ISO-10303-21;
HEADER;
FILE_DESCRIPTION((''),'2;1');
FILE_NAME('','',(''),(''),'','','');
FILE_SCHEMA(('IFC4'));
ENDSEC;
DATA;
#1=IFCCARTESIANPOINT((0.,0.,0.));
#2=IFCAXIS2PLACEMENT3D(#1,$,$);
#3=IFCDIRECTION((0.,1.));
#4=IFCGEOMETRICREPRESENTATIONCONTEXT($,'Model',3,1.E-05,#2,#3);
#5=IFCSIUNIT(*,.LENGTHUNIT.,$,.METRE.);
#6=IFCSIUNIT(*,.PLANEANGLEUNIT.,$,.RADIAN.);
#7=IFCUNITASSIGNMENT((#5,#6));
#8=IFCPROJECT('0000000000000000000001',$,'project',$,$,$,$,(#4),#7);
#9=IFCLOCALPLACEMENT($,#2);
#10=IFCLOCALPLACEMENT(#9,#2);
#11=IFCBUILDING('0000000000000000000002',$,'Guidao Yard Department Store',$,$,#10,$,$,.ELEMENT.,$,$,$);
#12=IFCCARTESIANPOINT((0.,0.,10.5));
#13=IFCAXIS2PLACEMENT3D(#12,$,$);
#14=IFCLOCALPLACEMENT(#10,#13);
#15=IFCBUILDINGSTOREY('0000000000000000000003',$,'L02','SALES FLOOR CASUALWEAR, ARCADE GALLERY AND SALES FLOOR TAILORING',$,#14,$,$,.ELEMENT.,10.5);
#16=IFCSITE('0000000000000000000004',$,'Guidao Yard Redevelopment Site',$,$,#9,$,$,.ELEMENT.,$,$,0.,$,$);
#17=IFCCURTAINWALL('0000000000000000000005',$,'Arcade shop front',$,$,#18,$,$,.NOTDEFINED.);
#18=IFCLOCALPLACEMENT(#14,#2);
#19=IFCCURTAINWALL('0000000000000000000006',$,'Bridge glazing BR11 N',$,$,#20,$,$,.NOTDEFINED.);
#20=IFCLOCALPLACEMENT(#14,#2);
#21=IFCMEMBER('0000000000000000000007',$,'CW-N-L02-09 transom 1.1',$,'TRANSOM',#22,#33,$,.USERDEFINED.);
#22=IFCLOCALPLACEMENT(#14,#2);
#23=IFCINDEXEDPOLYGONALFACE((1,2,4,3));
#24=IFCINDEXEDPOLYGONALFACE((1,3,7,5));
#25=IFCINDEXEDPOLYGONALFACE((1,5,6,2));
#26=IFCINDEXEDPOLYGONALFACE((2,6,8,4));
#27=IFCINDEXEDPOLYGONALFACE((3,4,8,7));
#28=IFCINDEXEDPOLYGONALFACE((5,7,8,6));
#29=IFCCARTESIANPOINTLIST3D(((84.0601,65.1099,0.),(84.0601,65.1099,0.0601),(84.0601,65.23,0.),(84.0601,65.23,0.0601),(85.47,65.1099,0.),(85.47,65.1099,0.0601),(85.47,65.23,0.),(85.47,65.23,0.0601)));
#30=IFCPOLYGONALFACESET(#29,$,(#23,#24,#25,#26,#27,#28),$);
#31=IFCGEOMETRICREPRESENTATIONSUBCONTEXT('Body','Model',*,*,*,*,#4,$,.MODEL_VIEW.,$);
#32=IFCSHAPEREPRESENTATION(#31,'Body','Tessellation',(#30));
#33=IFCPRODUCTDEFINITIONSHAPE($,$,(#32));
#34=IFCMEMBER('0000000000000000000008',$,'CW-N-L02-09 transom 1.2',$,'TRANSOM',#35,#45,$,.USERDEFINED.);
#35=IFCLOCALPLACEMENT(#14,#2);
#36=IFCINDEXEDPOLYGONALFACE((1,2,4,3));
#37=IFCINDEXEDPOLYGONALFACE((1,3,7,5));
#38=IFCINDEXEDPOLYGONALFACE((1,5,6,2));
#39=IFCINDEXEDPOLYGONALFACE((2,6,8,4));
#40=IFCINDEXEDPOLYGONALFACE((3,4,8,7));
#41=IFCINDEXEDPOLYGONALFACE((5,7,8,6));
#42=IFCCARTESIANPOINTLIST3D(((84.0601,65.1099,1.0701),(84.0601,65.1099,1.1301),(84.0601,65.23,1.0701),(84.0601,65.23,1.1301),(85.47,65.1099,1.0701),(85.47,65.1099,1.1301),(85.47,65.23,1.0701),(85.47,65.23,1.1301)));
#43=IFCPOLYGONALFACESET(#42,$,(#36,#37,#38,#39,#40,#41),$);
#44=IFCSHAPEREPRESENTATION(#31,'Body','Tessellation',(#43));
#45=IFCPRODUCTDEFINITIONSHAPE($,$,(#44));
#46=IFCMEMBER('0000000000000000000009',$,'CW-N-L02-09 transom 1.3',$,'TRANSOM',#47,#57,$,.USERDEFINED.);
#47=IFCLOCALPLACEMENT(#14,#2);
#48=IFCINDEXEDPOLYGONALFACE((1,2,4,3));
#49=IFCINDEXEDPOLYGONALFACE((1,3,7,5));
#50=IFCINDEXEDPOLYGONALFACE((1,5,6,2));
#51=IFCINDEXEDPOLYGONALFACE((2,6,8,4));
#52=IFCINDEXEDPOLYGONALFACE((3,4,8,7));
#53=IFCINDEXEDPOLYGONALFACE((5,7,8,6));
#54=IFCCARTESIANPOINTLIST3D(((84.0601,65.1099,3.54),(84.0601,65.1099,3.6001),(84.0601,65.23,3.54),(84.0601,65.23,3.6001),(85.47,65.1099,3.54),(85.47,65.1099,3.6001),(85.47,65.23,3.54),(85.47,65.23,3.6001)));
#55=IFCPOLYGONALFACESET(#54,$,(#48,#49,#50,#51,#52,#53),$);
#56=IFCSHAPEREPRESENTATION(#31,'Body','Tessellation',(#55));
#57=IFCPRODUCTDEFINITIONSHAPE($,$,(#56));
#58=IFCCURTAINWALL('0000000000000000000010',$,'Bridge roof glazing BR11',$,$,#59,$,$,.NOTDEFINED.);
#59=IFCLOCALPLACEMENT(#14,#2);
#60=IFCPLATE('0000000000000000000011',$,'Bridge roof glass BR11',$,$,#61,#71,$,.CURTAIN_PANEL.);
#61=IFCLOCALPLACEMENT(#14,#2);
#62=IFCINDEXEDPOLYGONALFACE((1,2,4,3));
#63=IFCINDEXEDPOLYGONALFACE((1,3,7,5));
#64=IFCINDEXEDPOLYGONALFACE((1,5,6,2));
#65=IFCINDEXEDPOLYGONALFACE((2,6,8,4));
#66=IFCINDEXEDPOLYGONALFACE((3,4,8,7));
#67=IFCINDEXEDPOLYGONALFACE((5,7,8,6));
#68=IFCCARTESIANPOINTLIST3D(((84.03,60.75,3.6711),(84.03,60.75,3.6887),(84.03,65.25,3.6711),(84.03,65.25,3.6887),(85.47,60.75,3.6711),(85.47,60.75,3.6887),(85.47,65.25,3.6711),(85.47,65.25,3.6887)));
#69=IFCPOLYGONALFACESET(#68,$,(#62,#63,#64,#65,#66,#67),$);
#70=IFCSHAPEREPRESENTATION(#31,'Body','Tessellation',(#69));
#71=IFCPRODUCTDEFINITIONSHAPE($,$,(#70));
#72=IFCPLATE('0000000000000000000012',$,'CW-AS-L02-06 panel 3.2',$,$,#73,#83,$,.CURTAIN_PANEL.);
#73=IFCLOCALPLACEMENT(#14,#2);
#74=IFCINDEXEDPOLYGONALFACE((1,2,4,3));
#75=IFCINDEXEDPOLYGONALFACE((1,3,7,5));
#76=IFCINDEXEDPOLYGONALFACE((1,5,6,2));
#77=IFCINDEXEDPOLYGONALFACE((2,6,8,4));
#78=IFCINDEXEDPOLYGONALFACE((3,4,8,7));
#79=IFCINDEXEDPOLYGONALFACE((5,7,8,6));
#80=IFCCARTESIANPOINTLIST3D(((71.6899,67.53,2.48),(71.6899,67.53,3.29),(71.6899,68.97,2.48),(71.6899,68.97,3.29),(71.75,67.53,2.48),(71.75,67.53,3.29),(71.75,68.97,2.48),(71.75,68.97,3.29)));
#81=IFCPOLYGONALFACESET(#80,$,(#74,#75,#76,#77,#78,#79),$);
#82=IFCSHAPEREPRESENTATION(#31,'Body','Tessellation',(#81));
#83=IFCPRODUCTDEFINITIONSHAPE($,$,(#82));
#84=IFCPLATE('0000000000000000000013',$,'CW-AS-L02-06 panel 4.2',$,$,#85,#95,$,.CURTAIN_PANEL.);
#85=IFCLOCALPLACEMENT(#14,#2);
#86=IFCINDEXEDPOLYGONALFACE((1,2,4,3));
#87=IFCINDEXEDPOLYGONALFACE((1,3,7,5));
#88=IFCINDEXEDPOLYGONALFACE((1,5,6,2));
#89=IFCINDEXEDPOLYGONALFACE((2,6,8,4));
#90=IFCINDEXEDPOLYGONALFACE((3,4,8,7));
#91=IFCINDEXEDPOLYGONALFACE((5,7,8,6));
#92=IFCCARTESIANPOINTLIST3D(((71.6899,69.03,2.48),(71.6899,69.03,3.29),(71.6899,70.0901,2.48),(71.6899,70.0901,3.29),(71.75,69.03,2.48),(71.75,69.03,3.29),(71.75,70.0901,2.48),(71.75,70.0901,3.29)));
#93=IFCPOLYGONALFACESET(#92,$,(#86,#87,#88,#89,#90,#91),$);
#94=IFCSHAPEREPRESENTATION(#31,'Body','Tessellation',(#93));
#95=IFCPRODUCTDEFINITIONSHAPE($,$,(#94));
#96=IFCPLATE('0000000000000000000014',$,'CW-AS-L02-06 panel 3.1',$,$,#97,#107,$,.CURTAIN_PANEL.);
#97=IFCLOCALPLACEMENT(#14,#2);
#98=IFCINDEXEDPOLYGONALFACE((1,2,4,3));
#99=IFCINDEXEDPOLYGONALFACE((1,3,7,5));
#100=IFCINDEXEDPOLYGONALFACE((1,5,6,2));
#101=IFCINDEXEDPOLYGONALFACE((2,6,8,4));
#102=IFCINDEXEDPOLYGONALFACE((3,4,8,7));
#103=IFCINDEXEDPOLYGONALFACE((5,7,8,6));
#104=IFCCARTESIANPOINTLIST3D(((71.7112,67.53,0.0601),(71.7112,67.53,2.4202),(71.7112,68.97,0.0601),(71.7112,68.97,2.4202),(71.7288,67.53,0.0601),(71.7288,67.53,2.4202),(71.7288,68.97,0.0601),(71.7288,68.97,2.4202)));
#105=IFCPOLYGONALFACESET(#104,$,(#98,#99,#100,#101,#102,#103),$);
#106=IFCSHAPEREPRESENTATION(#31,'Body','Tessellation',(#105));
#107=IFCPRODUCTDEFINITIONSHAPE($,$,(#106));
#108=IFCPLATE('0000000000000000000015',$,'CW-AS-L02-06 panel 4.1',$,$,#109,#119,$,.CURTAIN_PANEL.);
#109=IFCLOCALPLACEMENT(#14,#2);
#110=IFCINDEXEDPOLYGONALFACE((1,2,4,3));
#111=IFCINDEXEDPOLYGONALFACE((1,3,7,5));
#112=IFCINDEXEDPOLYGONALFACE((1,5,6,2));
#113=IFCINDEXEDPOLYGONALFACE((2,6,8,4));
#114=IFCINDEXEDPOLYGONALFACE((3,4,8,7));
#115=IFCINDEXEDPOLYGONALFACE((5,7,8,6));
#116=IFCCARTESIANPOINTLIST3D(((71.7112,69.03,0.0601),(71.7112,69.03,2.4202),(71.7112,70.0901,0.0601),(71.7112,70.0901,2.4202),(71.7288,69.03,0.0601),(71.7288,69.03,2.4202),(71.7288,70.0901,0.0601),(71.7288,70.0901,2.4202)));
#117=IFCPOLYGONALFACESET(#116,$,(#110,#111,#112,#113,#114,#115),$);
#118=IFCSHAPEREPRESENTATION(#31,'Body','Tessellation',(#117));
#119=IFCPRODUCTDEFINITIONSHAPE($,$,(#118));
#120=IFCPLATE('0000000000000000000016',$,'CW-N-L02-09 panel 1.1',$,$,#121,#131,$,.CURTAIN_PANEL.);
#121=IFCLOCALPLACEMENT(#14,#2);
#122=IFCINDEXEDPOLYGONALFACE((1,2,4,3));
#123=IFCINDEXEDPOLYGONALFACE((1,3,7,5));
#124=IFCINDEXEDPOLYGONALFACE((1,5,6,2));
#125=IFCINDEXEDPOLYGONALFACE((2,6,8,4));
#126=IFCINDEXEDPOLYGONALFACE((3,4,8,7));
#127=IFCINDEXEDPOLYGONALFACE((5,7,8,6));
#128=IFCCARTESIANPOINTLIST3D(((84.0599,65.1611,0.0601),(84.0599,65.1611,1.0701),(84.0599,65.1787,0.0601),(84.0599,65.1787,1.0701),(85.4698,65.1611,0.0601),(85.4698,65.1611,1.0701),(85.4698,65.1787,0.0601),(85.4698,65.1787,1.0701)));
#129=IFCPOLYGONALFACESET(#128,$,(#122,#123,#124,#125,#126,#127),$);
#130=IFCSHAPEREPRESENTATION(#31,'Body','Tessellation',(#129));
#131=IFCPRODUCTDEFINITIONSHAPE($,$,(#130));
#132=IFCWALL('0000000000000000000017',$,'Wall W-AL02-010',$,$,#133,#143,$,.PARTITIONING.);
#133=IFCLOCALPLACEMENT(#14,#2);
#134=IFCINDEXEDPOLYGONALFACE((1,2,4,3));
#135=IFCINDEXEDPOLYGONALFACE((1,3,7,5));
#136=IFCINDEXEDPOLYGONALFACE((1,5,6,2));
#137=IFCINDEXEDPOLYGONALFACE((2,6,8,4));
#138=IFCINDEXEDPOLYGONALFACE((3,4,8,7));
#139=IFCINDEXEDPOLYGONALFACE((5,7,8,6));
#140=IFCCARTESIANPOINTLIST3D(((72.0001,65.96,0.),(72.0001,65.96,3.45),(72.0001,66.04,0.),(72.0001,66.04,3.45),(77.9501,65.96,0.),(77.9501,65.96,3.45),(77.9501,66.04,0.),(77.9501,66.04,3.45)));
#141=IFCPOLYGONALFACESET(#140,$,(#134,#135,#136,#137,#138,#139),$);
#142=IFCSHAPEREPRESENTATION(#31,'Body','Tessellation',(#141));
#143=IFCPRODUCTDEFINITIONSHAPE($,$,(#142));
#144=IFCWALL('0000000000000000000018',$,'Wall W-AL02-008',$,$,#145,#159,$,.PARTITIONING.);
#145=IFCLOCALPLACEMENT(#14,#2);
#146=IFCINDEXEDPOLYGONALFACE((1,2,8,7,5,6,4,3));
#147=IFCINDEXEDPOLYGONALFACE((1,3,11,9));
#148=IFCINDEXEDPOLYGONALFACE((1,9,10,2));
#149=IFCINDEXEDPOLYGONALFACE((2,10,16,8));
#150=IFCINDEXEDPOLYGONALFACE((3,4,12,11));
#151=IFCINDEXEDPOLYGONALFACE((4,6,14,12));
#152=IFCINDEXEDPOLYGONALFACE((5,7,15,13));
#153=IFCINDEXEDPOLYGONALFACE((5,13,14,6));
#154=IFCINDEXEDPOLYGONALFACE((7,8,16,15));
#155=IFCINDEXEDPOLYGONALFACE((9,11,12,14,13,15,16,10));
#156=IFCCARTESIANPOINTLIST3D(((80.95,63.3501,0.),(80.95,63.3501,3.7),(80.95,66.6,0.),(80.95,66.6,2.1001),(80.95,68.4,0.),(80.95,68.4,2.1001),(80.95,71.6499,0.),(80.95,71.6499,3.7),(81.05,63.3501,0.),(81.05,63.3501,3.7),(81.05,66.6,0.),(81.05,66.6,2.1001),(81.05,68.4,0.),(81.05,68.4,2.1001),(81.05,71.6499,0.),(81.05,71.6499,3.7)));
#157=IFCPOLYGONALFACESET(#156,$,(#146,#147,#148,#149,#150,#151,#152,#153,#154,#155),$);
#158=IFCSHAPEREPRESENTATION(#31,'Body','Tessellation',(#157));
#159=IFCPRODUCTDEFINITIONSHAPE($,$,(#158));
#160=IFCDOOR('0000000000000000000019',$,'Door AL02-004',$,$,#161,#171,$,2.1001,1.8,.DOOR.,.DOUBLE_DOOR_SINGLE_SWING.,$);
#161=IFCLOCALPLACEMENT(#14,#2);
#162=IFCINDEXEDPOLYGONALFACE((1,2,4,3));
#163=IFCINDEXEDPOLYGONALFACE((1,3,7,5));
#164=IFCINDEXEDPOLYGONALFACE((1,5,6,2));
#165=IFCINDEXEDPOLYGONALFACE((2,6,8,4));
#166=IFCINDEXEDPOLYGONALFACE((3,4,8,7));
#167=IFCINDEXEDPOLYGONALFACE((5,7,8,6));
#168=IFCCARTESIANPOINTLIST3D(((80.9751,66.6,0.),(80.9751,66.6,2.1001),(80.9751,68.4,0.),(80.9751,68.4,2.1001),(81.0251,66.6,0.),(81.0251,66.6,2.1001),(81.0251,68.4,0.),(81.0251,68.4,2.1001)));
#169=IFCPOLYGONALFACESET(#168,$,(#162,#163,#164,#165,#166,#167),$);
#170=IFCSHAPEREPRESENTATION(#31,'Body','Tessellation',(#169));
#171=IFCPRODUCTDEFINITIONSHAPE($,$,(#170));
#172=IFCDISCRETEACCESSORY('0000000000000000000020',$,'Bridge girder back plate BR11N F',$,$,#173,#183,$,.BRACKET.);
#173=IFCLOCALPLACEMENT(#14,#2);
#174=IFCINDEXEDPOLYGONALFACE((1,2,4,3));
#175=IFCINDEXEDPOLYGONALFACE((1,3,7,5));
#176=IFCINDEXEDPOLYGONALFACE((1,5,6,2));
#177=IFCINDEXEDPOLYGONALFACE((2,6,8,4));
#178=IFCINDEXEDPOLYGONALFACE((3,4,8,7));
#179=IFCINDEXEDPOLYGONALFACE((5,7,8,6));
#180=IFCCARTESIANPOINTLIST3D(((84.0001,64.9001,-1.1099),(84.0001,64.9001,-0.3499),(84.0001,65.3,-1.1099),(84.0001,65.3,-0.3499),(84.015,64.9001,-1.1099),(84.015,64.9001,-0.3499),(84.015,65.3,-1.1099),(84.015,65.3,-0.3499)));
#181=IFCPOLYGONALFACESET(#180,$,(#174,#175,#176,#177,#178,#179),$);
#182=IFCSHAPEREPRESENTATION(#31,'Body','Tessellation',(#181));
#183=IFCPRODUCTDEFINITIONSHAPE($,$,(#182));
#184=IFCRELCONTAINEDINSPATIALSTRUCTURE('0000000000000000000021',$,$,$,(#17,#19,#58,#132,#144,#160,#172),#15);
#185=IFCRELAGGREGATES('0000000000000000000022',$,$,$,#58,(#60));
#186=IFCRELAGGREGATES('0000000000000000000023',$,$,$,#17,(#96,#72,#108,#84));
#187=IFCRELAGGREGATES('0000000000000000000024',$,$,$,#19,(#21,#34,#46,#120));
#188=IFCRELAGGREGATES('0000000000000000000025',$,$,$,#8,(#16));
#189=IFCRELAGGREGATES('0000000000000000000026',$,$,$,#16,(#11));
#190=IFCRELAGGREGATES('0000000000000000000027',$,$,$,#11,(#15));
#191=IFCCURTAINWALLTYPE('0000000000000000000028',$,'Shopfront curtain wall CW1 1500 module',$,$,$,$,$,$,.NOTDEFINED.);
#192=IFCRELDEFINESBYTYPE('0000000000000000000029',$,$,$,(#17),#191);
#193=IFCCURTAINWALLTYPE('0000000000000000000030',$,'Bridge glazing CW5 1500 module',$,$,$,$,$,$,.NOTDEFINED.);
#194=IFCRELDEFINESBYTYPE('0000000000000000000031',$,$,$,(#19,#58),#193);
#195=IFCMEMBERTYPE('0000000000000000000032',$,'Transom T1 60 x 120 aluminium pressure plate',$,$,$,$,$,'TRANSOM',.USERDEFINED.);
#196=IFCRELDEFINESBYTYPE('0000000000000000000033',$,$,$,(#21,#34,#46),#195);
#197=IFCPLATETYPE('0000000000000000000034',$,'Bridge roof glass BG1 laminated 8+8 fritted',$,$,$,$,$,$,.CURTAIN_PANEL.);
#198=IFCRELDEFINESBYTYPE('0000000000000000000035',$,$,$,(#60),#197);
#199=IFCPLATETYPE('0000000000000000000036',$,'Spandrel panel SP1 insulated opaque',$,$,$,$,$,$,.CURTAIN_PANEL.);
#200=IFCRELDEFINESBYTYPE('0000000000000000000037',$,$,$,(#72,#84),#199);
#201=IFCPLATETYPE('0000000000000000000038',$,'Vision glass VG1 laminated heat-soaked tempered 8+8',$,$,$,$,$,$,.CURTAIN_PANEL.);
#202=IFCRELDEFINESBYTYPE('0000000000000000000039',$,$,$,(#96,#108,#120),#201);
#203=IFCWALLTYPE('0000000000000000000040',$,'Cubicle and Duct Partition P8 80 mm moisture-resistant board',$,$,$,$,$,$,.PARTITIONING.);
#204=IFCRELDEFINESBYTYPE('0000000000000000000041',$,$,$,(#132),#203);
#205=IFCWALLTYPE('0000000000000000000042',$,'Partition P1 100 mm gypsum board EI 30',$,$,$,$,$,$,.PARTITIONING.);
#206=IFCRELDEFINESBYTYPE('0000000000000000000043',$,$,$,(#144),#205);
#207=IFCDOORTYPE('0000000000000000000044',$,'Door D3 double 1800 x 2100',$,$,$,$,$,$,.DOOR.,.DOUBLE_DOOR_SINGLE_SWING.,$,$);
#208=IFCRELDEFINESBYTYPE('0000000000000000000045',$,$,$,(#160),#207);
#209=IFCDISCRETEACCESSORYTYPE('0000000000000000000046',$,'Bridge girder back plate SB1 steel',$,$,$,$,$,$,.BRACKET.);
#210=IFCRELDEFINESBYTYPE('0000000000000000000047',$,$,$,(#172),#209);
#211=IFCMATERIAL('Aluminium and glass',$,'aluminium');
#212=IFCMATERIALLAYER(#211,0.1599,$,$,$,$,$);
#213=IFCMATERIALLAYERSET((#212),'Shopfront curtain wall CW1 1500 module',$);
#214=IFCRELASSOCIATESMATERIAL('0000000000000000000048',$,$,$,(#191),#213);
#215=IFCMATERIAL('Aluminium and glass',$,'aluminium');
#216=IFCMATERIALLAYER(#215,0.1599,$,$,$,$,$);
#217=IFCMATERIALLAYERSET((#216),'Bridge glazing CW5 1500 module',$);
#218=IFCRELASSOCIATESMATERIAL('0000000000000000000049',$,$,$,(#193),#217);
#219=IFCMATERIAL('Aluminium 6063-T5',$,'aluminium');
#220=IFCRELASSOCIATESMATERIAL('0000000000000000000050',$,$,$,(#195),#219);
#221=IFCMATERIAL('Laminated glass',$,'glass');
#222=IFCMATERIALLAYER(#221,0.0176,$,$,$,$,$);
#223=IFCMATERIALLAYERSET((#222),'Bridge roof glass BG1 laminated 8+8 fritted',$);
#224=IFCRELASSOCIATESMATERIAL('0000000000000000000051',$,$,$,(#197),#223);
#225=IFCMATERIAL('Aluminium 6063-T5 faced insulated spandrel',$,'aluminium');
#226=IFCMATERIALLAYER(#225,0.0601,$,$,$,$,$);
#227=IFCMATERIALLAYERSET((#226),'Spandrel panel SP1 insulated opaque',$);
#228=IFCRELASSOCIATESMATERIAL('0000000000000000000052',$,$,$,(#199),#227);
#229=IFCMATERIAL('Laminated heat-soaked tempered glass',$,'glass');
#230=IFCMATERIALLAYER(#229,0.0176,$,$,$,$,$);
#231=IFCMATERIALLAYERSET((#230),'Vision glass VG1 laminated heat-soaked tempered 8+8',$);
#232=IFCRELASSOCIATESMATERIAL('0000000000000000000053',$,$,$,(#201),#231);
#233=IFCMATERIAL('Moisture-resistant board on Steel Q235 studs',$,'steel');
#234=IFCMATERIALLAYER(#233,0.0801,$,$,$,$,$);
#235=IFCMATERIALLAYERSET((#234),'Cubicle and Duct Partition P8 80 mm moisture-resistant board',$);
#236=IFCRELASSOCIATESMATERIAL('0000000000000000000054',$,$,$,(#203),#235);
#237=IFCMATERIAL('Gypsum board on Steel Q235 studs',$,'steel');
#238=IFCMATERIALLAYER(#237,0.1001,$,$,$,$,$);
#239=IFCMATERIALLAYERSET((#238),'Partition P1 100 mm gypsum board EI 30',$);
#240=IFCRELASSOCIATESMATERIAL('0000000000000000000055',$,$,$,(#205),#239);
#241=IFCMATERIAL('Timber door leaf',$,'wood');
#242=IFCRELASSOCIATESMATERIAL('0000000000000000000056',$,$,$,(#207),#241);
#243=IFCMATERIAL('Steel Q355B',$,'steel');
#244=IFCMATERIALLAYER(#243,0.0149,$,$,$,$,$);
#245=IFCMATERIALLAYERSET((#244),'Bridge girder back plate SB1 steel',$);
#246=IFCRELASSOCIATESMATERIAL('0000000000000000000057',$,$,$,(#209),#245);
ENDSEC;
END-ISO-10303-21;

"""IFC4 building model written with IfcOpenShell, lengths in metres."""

from ifc_helpers import new_model, si_unit, direction, frame, frame_2d, origin, origin_2d, place, context, subcontext, project, spatial, rectangle, extrude, material, layer, layer_set, material_profile, profile_set, type_object, element, fill, aggregate, save


model = new_model("IFC4")

# Units and contexts
model_context = context("Model", 3, precision=1e-05, world=origin(), true_north=direction((0.0, 1.0)))
body_context = subcontext(model_context, "Body", "Model", "MODEL_VIEW")
ifc_project = project(units=[si_unit("LENGTHUNIT", "METRE"), si_unit("PLANEANGLEUNIT", "RADIAN")], contexts=[model_context])

# Site, building, storey
site_placement = place(None, origin())
site = spatial("IfcSite", under=ifc_project, at=site_placement, Name="Guidao Yard Redevelopment Site", CompositionType="ELEMENT", RefElevation=0.0)
building_placement = place(site_placement, origin())
building = spatial("IfcBuilding", under=site, at=building_placement, Name="Guidao Yard Department Store", CompositionType="ELEMENT")
storey_placement = place(building_placement, frame((0.0, 0.0, 10.5)))
storey = spatial("IfcBuildingStorey", under=building, at=storey_placement, Name="L02", Description="SALES FLOOR CASUALWEAR, ARCADE GALLERY AND SALES FLOOR TAILORING", CompositionType="ELEMENT", Elevation=10.5)

# Curtain walls
ifc_material_1 = material(Name="Aluminium and glass", Category="aluminium")
ifc_layer_1 = layer(ifc_material_1, 0.1599)
ifc_layer_set_1 = layer_set([ifc_layer_1], Name="Shopfront curtain wall CW1 1500 module")
curtain_wall_type_1 = type_object("IfcCurtainWallType", Name="Shopfront curtain wall CW1 1500 module", PredefinedType="NOTDEFINED", material=ifc_layer_set_1)
curtain_wall_1_placement = place(storey_placement, origin())
curtain_wall_1 = element("IfcCurtainWall", 1, at=curtain_wall_1_placement, inside=storey, type_object=curtain_wall_type_1, Name="Arcade shop front", PredefinedType="NOTDEFINED")
ifc_material_2 = material(Name="Aluminium and glass", Category="aluminium")
ifc_layer_2 = layer(ifc_material_2, 0.1599)
ifc_layer_set_2 = layer_set([ifc_layer_2], Name="Bridge glazing CW5 1500 module")
curtain_wall_type_2 = type_object("IfcCurtainWallType", Name="Bridge glazing CW5 1500 module", PredefinedType="NOTDEFINED", material=ifc_layer_set_2)
curtain_wall_2_placement = place(storey_placement, origin())
curtain_wall_2 = element("IfcCurtainWall", 2, at=curtain_wall_2_placement, inside=storey, type_object=curtain_wall_type_2, Name="Bridge glazing BR11 N", PredefinedType="NOTDEFINED")

# Members
ifc_material_3 = material(Name="Aluminium 6063-T5", Category="aluminium")
ifc_material_profile_1 = material_profile(ifc_material_3, rectangle(XDim=0.1201, YDim=0.0601, at=origin_2d()), Name="Transom T1 60 x 120 aluminium pressure plate")
ifc_profile_set_1 = profile_set([ifc_material_profile_1], Name="Aluminium 6063-T5")
member_type_1 = type_object("IfcMemberType", Name="Transom T1 60 x 120 aluminium pressure plate", ElementType="TRANSOM", PredefinedType="USERDEFINED", material=ifc_profile_set_1)
member_1_placement = place(storey_placement, frame((84.0601, 65.1699, 0.03), z_axis=(1.0, 0.0, 0.0), x_axis=(0.0, 1.0, 0.0)))
member_1 = element("IfcMember", 3, at=member_1_placement, type_object=member_type_1, Name="CW-N-L02-09 transom 1.1", ObjectType="TRANSOM", PredefinedType="USERDEFINED", context=body_context, shape_type="SweptSolid", body=[
    extrude(rectangle(XDim=0.1201, YDim=0.0601, at=origin_2d()), origin(), (0.0, 0.0, 1.0), 1.4099),
])
member_2_placement = place(storey_placement, frame((84.0601, 65.1699, 1.1001), z_axis=(1.0, 0.0, 0.0), x_axis=(0.0, 1.0, 0.0)))
member_2 = element("IfcMember", 4, at=member_2_placement, type_object=member_type_1, Name="CW-N-L02-09 transom 1.2", ObjectType="TRANSOM", PredefinedType="USERDEFINED", context=body_context, shape_type="SweptSolid", body=[
    extrude(rectangle(XDim=0.1201, YDim=0.0601, at=origin_2d()), origin(), (0.0, 0.0, 1.0), 1.4099),
])
member_3_placement = place(storey_placement, frame((84.0601, 65.1699, 3.5701), z_axis=(1.0, 0.0, 0.0), x_axis=(0.0, 1.0, 0.0)))
member_3 = element("IfcMember", 5, at=member_3_placement, type_object=member_type_1, Name="CW-N-L02-09 transom 1.3", ObjectType="TRANSOM", PredefinedType="USERDEFINED", context=body_context, shape_type="SweptSolid", body=[
    extrude(rectangle(XDim=0.1201, YDim=0.0601, at=origin_2d()), origin(), (0.0, 0.0, 1.0), 1.4099),
])

# Curtain wall, plate
curtain_wall_3_placement = place(storey_placement, origin())
curtain_wall_3 = element("IfcCurtainWall", 6, at=curtain_wall_3_placement, inside=storey, type_object=curtain_wall_type_2, Name="Bridge roof glazing BR11", PredefinedType="NOTDEFINED")
ifc_material_4 = material(Name="Laminated glass", Category="glass")
ifc_layer_3 = layer(ifc_material_4, 0.0176)
ifc_layer_set_3 = layer_set([ifc_layer_3], Name="Bridge roof glass BG1 laminated 8+8 fritted")
plate_type_1 = type_object("IfcPlateType", Name="Bridge roof glass BG1 laminated 8+8 fritted", PredefinedType="CURTAIN_PANEL", material=ifc_layer_set_3)
plate_1_placement = place(storey_placement, frame((84.75, 63.0, 3.6711), z_axis=(0.0, 0.0, 1.0), x_axis=(1.0, 0.0, 0.0)))
plate_1 = element("IfcPlate", 7, at=plate_1_placement, type_object=plate_type_1, Name="Bridge roof glass BR11", PredefinedType="CURTAIN_PANEL", context=body_context, shape_type="SweptSolid", body=[
    extrude(rectangle(XDim=1.4399, YDim=4.5, at=origin_2d()), origin(), (0.0, 0.0, 1.0), 0.0176),
])
aggregate(curtain_wall_3, [plate_1])

# Plates
ifc_material_5 = material(Name="Aluminium 6063-T5 faced insulated spandrel", Category="aluminium")
ifc_layer_4 = layer(ifc_material_5, 0.0601)
ifc_layer_set_4 = layer_set([ifc_layer_4], Name="Spandrel panel SP1 insulated opaque")
plate_type_2 = type_object("IfcPlateType", Name="Spandrel panel SP1 insulated opaque", PredefinedType="CURTAIN_PANEL", material=ifc_layer_set_4)
plate_2_placement = place(storey_placement, frame((71.72, 68.25, 2.48), z_axis=(0.0, 0.0, 1.0), x_axis=(0.0, 1.0, 0.0)))
plate_2 = element("IfcPlate", 8, at=plate_2_placement, type_object=plate_type_2, Name="CW-AS-L02-06 panel 3.2", PredefinedType="CURTAIN_PANEL", context=body_context, shape_type="SweptSolid", body=[
    extrude(rectangle(XDim=1.4399, YDim=0.0601, at=origin_2d()), origin(), (0.0, 0.0, 1.0), 0.8101),
])
plate_3_placement = place(storey_placement, frame((71.72, 69.5601, 2.48), z_axis=(0.0, 0.0, 1.0), x_axis=(0.0, 1.0, 0.0)))
plate_3 = element("IfcPlate", 9, at=plate_3_placement, type_object=plate_type_2, Name="CW-AS-L02-06 panel 4.2", PredefinedType="CURTAIN_PANEL", context=body_context, shape_type="SweptSolid", body=[
    extrude(rectangle(XDim=1.0601, YDim=0.0601, at=origin_2d()), origin(), (0.0, 0.0, 1.0), 0.8101),
])
ifc_material_6 = material(Name="Laminated heat-soaked tempered glass", Category="glass")
ifc_layer_5 = layer(ifc_material_6, 0.0176)
ifc_layer_set_5 = layer_set([ifc_layer_5], Name="Vision glass VG1 laminated heat-soaked tempered 8+8")
plate_type_3 = type_object("IfcPlateType", Name="Vision glass VG1 laminated heat-soaked tempered 8+8", PredefinedType="CURTAIN_PANEL", material=ifc_layer_set_5)
plate_4_placement = place(storey_placement, frame((71.72, 68.25, 0.0601), z_axis=(0.0, 0.0, 1.0), x_axis=(0.0, 1.0, 0.0)))
plate_4 = element("IfcPlate", 10, at=plate_4_placement, type_object=plate_type_3, Name="CW-AS-L02-06 panel 3.1", PredefinedType="CURTAIN_PANEL", context=body_context, shape_type="SweptSolid", body=[
    extrude(rectangle(XDim=1.4399, YDim=0.0176, at=origin_2d()), origin(), (0.0, 0.0, 1.0), 2.3601),
])
plate_5_placement = place(storey_placement, frame((71.72, 69.5601, 0.0601), z_axis=(0.0, 0.0, 1.0), x_axis=(0.0, 1.0, 0.0)))
plate_5 = element("IfcPlate", 11, at=plate_5_placement, type_object=plate_type_3, Name="CW-AS-L02-06 panel 4.1", PredefinedType="CURTAIN_PANEL", context=body_context, shape_type="SweptSolid", body=[
    extrude(rectangle(XDim=1.0601, YDim=0.0176, at=origin_2d()), origin(), (0.0, 0.0, 1.0), 2.3601),
])
aggregate(curtain_wall_1, [plate_4, plate_2, plate_5, plate_3])
plate_6_placement = place(storey_placement, frame((84.7649, 65.1699, 0.0601), z_axis=(0.0, 0.0, 1.0), x_axis=(1.0, 0.0, 0.0)))
plate_6 = element("IfcPlate", 12, at=plate_6_placement, type_object=plate_type_3, Name="CW-N-L02-09 panel 1.1", PredefinedType="CURTAIN_PANEL", context=body_context, shape_type="SweptSolid", body=[
    extrude(rectangle(XDim=1.4099, YDim=0.0176, at=origin_2d()), origin(), (0.0, 0.0, 1.0), 1.01),
])
aggregate(curtain_wall_2, [member_1, member_2, member_3, plate_6])

# Wall
ifc_material_7 = material(Name="Moisture-resistant board on Steel Q235 studs", Category="steel")
ifc_layer_6 = layer(ifc_material_7, 0.0801)
ifc_layer_set_6 = layer_set([ifc_layer_6], Name="Cubicle and Duct Partition P8 80 mm moisture-resistant board")
wall_type_1 = type_object("IfcWallType", Name="Cubicle and Duct Partition P8 80 mm moisture-resistant board", PredefinedType="PARTITIONING", material=ifc_layer_set_6)
wall_1_placement = place(storey_placement, frame((72.0, 66.0, 0.0), z_axis=(0.0, 0.0, 1.0), x_axis=(1.0, 0.0, 0.0)))
element("IfcWall", 13, at=wall_1_placement, inside=storey, type_object=wall_type_1, Name="Wall W-AL02-010", PredefinedType="PARTITIONING", context=body_context, shape_type="SweptSolid", body=[
    extrude(rectangle(XDim=5.95, YDim=0.0801, at=frame_2d((2.9751, 0.0))), origin(), (0.0, 0.0, 1.0), 3.45),
])

# Wall, opening, door
ifc_material_8 = material(Name="Gypsum board on Steel Q235 studs", Category="steel")
ifc_layer_7 = layer(ifc_material_8, 0.1001)
ifc_layer_set_7 = layer_set([ifc_layer_7], Name="Partition P1 100 mm gypsum board EI 30")
wall_type_2 = type_object("IfcWallType", Name="Partition P1 100 mm gypsum board EI 30", PredefinedType="PARTITIONING", material=ifc_layer_set_7)
wall_2_placement = place(storey_placement, frame((81.0, 63.3501, 0.0), z_axis=(0.0, 0.0, 1.0), x_axis=(0.0, 1.0, 0.0)))
wall_2 = element("IfcWall", 14, at=wall_2_placement, inside=storey, type_object=wall_type_2, Name="Wall W-AL02-008", PredefinedType="PARTITIONING", context=body_context, shape_type="SweptSolid", body=[
    extrude(rectangle(XDim=8.2998, YDim=0.1001, at=frame_2d((4.1499, 0.0))), origin(), (0.0, 0.0, 1.0), 3.7),
])
opening_placement = place(wall_2_placement, frame((3.25, 0.0, 0.0)))
opening = element("IfcOpeningElement", 15, at=opening_placement, cuts=wall_2, PredefinedType="OPENING", context=body_context, shape_type="SweptSolid", body=[
    extrude(rectangle(XDim=1.8, YDim=2.1001, at=frame_2d((0.8999, 1.05))), frame((0.0, 0.0601, 0.0), z_axis=(0.0, -1.0, 0.0), x_axis=(1.0, 0.0, 0.0)), (0.0, 0.0, 1.0), 0.1201),
])
ifc_material_9 = material(Name="Timber door leaf", Category="wood")
door_type = type_object("IfcDoorType", Name="Door D3 double 1800 x 2100", OperationType="DOUBLE_DOOR_SINGLE_SWING", PredefinedType="DOOR", material=ifc_material_9)
door_placement = place(opening_placement, origin())
door = element("IfcDoor", 16, at=door_placement, inside=storey, type_object=door_type, Name="Door AL02-004", OperationType="DOUBLE_DOOR_SINGLE_SWING", OverallHeight=2.1001, OverallWidth=1.8, PredefinedType="DOOR", context=body_context, shape_type="SweptSolid", body=[
    extrude(rectangle(XDim=1.8, YDim=2.1001, at=frame_2d((0.8999, 1.05))), frame((0.0, 0.0249, 0.0), z_axis=(0.0, -1.0, 0.0), x_axis=(1.0, 0.0, 0.0)), (0.0, 0.0, 1.0), 0.05),
])
fill(opening, door)

# Discrete accessory
ifc_material_10 = material(Name="Steel Q355B", Category="steel")
ifc_layer_8 = layer(ifc_material_10, 0.0149)
ifc_layer_set_8 = layer_set([ifc_layer_8], Name="Bridge girder back plate SB1 steel")
discrete_accessory_type_1 = type_object("IfcDiscreteAccessoryType", Name="Bridge girder back plate SB1 steel", PredefinedType="BRACKET", material=ifc_layer_set_8)
discrete_accessory_1_placement = place(storey_placement, frame((84.0076, 65.1001, -1.1099), z_axis=(0.0, 0.0, 1.0), x_axis=(1.0, 0.0, 0.0)))
element("IfcDiscreteAccessory", 17, at=discrete_accessory_1_placement, inside=storey, type_object=discrete_accessory_type_1, Name="Bridge girder back plate BR11N F", PredefinedType="BRACKET", context=body_context, shape_type="SweptSolid", body=[
    extrude(rectangle(XDim=0.0149, YDim=0.3999, at=origin_2d()), origin(), (0.0, 0.0, 1.0), 0.76),
])

save(model, "model.ifc")
